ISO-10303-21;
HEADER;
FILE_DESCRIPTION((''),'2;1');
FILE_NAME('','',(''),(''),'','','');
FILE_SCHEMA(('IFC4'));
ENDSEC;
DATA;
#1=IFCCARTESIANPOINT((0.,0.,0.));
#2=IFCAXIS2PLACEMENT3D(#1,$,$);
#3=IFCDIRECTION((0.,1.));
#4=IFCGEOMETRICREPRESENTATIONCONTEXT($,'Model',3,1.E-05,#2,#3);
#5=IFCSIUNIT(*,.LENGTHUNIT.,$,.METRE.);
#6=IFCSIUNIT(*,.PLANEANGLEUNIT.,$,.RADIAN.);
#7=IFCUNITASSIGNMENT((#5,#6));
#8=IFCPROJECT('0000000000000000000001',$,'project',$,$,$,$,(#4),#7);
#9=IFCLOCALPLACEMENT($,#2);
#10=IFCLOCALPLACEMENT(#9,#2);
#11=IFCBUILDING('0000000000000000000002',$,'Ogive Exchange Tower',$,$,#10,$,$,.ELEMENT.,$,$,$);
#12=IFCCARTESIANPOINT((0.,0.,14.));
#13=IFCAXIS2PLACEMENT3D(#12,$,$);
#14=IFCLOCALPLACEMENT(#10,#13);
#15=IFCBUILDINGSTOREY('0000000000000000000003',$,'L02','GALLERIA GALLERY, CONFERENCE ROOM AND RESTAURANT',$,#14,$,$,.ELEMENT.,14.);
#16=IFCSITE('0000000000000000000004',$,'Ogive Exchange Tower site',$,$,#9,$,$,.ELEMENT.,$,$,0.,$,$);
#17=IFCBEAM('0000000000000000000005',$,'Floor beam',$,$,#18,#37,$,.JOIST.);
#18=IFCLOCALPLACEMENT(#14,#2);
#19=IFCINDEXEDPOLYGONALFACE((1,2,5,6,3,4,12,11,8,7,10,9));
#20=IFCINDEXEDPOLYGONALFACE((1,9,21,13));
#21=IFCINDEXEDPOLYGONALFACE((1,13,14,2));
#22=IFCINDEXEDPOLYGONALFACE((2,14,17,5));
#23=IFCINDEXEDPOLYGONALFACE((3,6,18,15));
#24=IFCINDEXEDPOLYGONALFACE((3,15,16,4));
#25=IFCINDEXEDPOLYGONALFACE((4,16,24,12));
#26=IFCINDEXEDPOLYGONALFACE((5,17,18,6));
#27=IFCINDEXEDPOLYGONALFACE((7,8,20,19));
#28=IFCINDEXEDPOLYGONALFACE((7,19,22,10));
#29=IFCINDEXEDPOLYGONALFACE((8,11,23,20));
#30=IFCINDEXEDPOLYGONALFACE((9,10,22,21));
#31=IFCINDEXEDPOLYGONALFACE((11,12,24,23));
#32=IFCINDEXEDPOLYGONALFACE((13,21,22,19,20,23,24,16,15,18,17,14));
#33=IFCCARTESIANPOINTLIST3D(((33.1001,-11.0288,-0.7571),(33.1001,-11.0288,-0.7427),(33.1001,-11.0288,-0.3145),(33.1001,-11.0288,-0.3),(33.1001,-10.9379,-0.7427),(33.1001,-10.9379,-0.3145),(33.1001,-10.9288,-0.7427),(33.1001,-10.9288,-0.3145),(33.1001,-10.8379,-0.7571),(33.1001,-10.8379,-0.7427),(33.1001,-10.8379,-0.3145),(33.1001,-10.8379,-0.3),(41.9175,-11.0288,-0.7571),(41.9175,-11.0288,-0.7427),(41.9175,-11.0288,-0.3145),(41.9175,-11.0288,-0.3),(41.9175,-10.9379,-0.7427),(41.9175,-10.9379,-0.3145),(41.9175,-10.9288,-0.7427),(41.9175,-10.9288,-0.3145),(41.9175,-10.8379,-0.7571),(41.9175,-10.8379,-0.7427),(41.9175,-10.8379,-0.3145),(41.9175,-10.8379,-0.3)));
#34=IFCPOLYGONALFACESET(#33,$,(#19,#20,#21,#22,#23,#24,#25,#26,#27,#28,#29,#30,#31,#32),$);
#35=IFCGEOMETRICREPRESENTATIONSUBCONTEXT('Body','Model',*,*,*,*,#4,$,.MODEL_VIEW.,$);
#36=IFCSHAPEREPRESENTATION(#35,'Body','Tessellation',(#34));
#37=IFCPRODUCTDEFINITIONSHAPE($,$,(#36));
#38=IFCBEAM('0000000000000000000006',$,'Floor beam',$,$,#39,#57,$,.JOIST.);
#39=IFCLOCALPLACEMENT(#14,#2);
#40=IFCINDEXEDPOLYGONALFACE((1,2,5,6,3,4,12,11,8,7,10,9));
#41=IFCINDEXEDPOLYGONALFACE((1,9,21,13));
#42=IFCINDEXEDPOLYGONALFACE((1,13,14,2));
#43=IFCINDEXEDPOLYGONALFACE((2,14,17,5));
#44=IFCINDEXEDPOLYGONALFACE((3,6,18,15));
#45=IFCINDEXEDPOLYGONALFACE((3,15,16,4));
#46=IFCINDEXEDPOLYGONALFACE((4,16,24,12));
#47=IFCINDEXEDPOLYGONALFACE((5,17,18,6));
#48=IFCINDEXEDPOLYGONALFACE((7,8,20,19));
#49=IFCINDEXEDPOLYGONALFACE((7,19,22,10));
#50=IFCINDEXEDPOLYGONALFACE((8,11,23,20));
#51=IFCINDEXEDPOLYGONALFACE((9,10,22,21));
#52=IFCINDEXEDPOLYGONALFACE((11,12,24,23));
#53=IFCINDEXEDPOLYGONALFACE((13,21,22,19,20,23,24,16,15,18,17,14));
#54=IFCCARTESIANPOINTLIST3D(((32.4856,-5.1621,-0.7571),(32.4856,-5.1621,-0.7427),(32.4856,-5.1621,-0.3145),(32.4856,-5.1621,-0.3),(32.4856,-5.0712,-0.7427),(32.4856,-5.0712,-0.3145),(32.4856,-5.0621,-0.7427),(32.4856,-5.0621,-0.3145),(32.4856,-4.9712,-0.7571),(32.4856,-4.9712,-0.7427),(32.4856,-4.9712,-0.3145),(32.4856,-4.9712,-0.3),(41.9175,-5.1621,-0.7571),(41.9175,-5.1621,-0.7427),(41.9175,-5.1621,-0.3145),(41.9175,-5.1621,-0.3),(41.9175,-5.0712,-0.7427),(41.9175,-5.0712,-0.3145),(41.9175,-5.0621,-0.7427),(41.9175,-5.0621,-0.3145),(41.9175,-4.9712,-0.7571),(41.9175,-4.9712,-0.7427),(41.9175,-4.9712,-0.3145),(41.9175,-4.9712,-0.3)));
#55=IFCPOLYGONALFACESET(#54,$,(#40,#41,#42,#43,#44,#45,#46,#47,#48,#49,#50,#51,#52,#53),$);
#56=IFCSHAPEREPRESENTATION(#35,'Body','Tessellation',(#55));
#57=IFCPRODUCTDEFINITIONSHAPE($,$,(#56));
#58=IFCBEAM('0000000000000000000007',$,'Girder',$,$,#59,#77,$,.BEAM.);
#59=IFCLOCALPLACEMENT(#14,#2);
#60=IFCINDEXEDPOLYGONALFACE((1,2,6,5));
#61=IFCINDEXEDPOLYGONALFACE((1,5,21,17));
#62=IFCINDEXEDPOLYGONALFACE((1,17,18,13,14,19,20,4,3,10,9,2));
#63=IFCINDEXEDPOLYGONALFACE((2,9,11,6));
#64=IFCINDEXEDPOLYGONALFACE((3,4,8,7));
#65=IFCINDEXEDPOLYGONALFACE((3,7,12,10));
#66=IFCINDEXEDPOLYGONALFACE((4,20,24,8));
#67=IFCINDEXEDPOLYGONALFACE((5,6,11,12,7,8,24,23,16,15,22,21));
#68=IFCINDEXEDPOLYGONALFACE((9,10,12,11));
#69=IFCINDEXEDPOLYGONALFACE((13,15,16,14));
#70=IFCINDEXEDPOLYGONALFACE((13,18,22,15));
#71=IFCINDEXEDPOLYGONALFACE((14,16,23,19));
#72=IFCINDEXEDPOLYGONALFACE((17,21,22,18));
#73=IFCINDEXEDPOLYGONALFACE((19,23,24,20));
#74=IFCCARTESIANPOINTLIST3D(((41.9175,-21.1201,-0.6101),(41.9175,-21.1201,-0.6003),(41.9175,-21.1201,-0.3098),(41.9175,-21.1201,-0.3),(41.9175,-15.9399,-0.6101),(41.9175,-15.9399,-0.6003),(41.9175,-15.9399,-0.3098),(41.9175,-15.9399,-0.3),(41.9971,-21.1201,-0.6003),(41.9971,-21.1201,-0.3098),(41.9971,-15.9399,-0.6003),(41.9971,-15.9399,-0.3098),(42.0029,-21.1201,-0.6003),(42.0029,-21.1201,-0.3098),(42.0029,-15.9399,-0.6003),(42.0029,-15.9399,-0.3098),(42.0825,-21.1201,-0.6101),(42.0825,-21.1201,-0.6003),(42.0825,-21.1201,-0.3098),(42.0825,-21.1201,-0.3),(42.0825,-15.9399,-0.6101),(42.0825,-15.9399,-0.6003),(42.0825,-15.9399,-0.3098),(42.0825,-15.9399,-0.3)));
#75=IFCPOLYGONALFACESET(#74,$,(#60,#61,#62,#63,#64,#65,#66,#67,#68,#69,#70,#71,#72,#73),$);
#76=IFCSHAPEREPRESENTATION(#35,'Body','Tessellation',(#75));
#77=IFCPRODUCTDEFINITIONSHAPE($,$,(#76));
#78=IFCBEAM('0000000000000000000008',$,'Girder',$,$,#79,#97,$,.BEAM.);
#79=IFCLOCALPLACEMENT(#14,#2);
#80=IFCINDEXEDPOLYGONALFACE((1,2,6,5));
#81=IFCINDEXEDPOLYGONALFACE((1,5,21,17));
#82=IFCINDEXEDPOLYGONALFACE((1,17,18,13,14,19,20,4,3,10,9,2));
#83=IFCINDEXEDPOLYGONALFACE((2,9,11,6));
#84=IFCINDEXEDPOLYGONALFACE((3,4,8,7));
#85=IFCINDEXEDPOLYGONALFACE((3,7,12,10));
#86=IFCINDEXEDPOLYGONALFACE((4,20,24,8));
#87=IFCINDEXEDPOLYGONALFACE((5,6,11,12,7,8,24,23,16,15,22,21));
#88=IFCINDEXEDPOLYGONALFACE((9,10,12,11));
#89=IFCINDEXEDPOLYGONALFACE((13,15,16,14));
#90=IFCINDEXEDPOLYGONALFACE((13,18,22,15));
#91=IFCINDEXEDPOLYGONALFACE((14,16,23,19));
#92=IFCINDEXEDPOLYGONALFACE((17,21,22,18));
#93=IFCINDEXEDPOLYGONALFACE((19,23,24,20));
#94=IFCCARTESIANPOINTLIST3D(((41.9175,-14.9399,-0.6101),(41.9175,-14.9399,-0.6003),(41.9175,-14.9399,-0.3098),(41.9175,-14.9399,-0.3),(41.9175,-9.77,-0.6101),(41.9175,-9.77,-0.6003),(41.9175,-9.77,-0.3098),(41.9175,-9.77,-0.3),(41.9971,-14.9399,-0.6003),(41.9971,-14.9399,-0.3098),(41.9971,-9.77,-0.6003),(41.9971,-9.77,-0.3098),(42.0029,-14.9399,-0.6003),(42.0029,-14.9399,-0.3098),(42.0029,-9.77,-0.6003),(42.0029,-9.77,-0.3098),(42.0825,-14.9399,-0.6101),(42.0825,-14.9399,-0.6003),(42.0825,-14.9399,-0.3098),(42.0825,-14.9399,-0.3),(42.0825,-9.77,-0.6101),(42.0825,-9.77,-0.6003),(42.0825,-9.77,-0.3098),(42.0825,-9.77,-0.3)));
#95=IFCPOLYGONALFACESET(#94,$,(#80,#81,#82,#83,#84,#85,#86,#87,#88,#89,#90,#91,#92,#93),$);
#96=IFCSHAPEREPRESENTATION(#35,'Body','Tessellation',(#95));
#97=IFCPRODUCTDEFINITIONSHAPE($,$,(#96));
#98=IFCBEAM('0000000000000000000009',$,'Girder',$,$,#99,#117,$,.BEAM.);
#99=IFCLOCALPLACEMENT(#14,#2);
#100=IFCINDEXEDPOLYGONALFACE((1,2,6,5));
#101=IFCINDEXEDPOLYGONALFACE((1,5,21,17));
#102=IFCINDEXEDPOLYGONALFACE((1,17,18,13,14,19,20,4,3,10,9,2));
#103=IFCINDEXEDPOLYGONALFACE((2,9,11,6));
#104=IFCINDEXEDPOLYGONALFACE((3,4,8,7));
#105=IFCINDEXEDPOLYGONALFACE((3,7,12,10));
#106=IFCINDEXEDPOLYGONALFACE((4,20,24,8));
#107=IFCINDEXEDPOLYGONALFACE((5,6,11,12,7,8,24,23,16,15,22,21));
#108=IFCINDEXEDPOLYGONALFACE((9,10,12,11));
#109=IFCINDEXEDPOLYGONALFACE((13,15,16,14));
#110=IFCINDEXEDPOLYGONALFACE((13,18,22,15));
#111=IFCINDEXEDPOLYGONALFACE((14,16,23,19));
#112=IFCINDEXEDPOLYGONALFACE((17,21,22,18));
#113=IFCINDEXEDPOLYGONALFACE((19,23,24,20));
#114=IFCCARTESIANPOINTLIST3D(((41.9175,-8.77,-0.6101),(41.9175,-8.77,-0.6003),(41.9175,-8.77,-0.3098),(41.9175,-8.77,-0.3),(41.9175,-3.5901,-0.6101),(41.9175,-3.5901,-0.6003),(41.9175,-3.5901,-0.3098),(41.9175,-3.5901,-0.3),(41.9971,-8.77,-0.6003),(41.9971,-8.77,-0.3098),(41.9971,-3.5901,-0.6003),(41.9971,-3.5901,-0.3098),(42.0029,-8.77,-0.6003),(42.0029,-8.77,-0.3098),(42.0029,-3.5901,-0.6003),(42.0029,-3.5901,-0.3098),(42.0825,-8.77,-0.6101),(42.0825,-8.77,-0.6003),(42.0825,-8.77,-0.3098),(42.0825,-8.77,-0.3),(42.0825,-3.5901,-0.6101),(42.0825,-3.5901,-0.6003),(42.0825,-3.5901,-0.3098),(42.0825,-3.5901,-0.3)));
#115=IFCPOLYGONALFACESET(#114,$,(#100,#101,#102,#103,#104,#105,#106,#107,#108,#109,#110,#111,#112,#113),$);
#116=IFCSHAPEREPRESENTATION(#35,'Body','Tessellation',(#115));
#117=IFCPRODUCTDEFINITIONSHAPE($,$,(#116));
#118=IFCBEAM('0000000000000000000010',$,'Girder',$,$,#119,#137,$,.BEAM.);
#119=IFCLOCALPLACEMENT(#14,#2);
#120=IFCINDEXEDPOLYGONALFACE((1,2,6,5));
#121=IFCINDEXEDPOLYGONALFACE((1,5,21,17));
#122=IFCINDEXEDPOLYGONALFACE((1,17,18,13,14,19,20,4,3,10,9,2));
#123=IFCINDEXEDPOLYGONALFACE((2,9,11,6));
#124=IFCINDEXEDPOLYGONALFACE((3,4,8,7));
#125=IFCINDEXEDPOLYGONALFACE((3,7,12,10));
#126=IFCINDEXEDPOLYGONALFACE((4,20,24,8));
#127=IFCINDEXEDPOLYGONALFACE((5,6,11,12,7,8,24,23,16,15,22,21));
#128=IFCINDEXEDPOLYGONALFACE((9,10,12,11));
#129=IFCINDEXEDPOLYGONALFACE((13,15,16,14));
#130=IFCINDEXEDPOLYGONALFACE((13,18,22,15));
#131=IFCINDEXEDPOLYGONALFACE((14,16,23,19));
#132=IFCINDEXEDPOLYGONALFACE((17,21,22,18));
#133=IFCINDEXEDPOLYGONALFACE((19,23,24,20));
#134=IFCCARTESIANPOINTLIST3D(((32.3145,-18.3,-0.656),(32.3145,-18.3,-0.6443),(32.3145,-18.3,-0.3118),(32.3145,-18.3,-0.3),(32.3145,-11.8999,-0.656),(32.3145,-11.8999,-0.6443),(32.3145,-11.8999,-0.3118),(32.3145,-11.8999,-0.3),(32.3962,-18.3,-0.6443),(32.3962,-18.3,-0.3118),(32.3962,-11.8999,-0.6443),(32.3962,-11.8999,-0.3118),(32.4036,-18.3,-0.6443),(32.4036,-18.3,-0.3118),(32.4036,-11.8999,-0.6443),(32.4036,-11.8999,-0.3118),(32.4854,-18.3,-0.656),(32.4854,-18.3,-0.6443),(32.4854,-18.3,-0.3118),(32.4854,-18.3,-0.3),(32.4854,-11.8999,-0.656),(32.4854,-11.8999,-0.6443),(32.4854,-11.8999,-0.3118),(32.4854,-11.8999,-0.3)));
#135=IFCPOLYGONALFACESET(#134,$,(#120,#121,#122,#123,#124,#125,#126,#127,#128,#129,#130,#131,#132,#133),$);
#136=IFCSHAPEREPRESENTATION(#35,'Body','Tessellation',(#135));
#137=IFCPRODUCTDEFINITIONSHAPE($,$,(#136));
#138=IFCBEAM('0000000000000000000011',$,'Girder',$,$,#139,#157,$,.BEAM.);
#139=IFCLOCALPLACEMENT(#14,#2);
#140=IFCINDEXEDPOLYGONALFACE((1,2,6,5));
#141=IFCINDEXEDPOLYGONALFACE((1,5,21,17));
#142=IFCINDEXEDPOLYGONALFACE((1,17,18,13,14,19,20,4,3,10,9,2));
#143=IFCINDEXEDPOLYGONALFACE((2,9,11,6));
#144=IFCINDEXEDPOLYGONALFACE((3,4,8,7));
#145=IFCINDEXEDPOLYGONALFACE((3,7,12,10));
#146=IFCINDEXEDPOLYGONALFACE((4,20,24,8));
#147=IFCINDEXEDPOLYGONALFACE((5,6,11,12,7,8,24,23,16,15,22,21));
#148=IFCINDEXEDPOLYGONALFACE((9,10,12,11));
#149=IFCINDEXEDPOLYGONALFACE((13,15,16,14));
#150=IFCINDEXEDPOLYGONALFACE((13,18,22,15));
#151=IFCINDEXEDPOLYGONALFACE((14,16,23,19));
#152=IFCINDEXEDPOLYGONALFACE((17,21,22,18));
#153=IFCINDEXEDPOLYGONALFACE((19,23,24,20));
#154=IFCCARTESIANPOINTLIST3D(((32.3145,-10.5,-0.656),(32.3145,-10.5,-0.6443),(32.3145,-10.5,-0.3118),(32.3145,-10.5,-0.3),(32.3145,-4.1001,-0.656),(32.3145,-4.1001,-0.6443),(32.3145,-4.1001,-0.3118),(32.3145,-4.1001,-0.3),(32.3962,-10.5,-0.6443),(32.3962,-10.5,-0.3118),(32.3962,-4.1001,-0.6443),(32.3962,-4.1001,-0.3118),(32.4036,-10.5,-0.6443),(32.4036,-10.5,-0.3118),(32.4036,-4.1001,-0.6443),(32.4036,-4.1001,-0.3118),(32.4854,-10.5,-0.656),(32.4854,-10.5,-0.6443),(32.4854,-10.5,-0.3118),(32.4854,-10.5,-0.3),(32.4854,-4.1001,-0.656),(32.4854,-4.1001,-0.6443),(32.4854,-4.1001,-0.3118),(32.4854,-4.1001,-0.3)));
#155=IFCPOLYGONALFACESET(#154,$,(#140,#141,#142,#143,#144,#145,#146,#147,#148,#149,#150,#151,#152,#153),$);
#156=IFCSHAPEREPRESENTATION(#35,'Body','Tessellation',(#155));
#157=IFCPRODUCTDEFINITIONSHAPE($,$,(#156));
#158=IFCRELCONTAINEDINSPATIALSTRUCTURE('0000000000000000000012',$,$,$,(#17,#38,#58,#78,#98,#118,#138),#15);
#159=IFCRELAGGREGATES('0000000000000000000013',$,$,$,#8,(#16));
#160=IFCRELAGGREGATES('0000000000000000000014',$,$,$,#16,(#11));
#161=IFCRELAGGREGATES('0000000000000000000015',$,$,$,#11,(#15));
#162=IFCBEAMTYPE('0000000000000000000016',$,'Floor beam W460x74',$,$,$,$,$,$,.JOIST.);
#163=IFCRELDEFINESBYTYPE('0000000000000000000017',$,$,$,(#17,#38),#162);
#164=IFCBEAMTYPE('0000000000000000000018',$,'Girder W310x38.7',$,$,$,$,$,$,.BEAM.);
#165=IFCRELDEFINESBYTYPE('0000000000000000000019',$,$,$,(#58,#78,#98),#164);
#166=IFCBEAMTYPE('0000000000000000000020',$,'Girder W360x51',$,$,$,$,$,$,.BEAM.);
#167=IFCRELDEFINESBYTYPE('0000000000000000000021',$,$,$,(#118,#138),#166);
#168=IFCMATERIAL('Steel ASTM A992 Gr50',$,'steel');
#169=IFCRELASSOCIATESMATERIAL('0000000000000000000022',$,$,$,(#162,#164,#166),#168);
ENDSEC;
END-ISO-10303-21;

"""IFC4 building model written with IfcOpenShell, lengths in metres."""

from ifc_helpers import new_model, si_unit, direction, frame, origin, origin_2d, place, context, subcontext, project, spatial, i_section, extrude, material, material_profile, profile_set, type_object, element, save


model = new_model("IFC4")

# Units and contexts
model_context = context("Model", 3, precision=1e-05, world=origin(), true_north=direction((0.0, 1.0)))
body_context = subcontext(model_context, "Body", "Model", "MODEL_VIEW")
ifc_project = project(units=[si_unit("LENGTHUNIT", "METRE"), si_unit("PLANEANGLEUNIT", "RADIAN")], contexts=[model_context])

# Site, building, storey
site_placement = place(None, origin())
site = spatial("IfcSite", under=ifc_project, at=site_placement, Name="Ogive Exchange Tower site", CompositionType="ELEMENT", RefElevation=0.0)
building_placement = place(site_placement, origin())
building = spatial("IfcBuilding", under=site, at=building_placement, Name="Ogive Exchange Tower", CompositionType="ELEMENT")
storey_placement = place(building_placement, frame((0.0, 0.0, 14.0)))
storey = spatial("IfcBuildingStorey", under=building, at=storey_placement, Name="L02", Description="GALLERIA GALLERY, CONFERENCE ROOM AND RESTAURANT", CompositionType="ELEMENT", Elevation=14.0)

# Beams
ifc_material_1 = material(Name="Steel ASTM A992 Gr50", Category="steel")
ifc_material_profile_1 = material_profile(ifc_material_1, i_section(OverallWidth=0.1909, OverallDepth=0.457, WebThickness=0.009, FlangeThickness=0.0144, at=origin_2d()), Name="W460x74")
ifc_profile_set_1 = profile_set([ifc_material_profile_1], Name="Steel ASTM A992 Gr50")
beam_type_1 = type_object("IfcBeamType", Name="Floor beam W460x74", PredefinedType="JOIST", material=ifc_profile_set_1)
beam_1_placement = place(storey_placement, frame((33.1001, -10.9333, -0.5286), z_axis=(1.0, 0.0, 0.0), x_axis=(0.0, 1.0, 0.0)))
element("IfcBeam", 1, at=beam_1_placement, inside=storey, type_object=beam_type_1, Name="Floor beam", PredefinedType="JOIST", context=body_context, shape_type="SweptSolid", body=[
    extrude(i_section(OverallWidth=0.1909, OverallDepth=0.457, WebThickness=0.009, FlangeThickness=0.0144, at=origin_2d()), origin(), (0.0, 0.0, 1.0), 8.8174),
])
beam_2_placement = place(storey_placement, frame((32.4856, -5.0667, -0.5286), z_axis=(1.0, 0.0, 0.0), x_axis=(0.0, 1.0, 0.0)))
element("IfcBeam", 2, at=beam_2_placement, inside=storey, type_object=beam_type_1, Name="Floor beam", PredefinedType="JOIST", context=body_context, shape_type="SweptSolid", body=[
    extrude(i_section(OverallWidth=0.1909, OverallDepth=0.457, WebThickness=0.009, FlangeThickness=0.0144, at=origin_2d()), origin(), (0.0, 0.0, 1.0), 9.4319),
])
ifc_material_profile_2 = material_profile(ifc_material_1, i_section(OverallWidth=0.165, OverallDepth=0.3101, WebThickness=0.0059, FlangeThickness=0.0098, at=origin_2d()), Name="W310x38.7")
ifc_profile_set_2 = profile_set([ifc_material_profile_2], Name="Steel ASTM A992 Gr50")
beam_type_2 = type_object("IfcBeamType", Name="Girder W310x38.7", PredefinedType="BEAM", material=ifc_profile_set_2)
beam_3_placement = place(storey_placement, frame((42.0, -21.1201, -0.4551), z_axis=(0.0, 1.0, 0.0), x_axis=(-1.0, 0.0, 0.0)))
element("IfcBeam", 3, at=beam_3_placement, inside=storey, type_object=beam_type_2, Name="Girder", PredefinedType="BEAM", context=body_context, shape_type="SweptSolid", body=[
    extrude(i_section(OverallWidth=0.165, OverallDepth=0.3101, WebThickness=0.0059, FlangeThickness=0.0098, at=origin_2d()), origin(), (0.0, 0.0, 1.0), 5.1802),
])
beam_4_placement = place(storey_placement, frame((42.0, -14.9399, -0.4551), z_axis=(0.0, 1.0, 0.0), x_axis=(-1.0, 0.0, 0.0)))
element("IfcBeam", 4, at=beam_4_placement, inside=storey, type_object=beam_type_2, Name="Girder", PredefinedType="BEAM", context=body_context, shape_type="SweptSolid", body=[
    extrude(i_section(OverallWidth=0.165, OverallDepth=0.3101, WebThickness=0.0059, FlangeThickness=0.0098, at=origin_2d()), origin(), (0.0, 0.0, 1.0), 5.1699),
])
beam_5_placement = place(storey_placement, frame((42.0, -8.77, -0.4551), z_axis=(0.0, 1.0, 0.0), x_axis=(-1.0, 0.0, 0.0)))
element("IfcBeam", 5, at=beam_5_placement, inside=storey, type_object=beam_type_2, Name="Girder", PredefinedType="BEAM", context=body_context, shape_type="SweptSolid", body=[
    extrude(i_section(OverallWidth=0.165, OverallDepth=0.3101, WebThickness=0.0059, FlangeThickness=0.0098, at=origin_2d()), origin(), (0.0, 0.0, 1.0), 5.1799),
])
ifc_material_profile_3 = material_profile(ifc_material_1, i_section(OverallWidth=0.1709, OverallDepth=0.356, WebThickness=0.0073, FlangeThickness=0.0117, at=origin_2d()), Name="W360x51")
ifc_profile_set_3 = profile_set([ifc_material_profile_3], Name="Steel ASTM A992 Gr50")
beam_type_3 = type_object("IfcBeamType", Name="Girder W360x51", PredefinedType="BEAM", material=ifc_profile_set_3)
beam_6_placement = place(storey_placement, frame((32.3999, -18.3, -0.478), z_axis=(0.0, 1.0, 0.0), x_axis=(-1.0, 0.0, 0.0)))
element("IfcBeam", 6, at=beam_6_placement, inside=storey, type_object=beam_type_3, Name="Girder", PredefinedType="BEAM", context=body_context, shape_type="SweptSolid", body=[
    extrude(i_section(OverallWidth=0.1709, OverallDepth=0.356, WebThickness=0.0073, FlangeThickness=0.0117, at=origin_2d()), origin(), (0.0, 0.0, 1.0), 6.4001),
])
beam_7_placement = place(storey_placement, frame((32.3999, -10.5, -0.478), z_axis=(0.0, 1.0, 0.0), x_axis=(-1.0, 0.0, 0.0)))
element("IfcBeam", 7, at=beam_7_placement, inside=storey, type_object=beam_type_3, Name="Girder", PredefinedType="BEAM", context=body_context, shape_type="SweptSolid", body=[
    extrude(i_section(OverallWidth=0.1709, OverallDepth=0.356, WebThickness=0.0073, FlangeThickness=0.0117, at=origin_2d()), origin(), (0.0, 0.0, 1.0), 6.3999),
])

save(model, "model.ifc")
